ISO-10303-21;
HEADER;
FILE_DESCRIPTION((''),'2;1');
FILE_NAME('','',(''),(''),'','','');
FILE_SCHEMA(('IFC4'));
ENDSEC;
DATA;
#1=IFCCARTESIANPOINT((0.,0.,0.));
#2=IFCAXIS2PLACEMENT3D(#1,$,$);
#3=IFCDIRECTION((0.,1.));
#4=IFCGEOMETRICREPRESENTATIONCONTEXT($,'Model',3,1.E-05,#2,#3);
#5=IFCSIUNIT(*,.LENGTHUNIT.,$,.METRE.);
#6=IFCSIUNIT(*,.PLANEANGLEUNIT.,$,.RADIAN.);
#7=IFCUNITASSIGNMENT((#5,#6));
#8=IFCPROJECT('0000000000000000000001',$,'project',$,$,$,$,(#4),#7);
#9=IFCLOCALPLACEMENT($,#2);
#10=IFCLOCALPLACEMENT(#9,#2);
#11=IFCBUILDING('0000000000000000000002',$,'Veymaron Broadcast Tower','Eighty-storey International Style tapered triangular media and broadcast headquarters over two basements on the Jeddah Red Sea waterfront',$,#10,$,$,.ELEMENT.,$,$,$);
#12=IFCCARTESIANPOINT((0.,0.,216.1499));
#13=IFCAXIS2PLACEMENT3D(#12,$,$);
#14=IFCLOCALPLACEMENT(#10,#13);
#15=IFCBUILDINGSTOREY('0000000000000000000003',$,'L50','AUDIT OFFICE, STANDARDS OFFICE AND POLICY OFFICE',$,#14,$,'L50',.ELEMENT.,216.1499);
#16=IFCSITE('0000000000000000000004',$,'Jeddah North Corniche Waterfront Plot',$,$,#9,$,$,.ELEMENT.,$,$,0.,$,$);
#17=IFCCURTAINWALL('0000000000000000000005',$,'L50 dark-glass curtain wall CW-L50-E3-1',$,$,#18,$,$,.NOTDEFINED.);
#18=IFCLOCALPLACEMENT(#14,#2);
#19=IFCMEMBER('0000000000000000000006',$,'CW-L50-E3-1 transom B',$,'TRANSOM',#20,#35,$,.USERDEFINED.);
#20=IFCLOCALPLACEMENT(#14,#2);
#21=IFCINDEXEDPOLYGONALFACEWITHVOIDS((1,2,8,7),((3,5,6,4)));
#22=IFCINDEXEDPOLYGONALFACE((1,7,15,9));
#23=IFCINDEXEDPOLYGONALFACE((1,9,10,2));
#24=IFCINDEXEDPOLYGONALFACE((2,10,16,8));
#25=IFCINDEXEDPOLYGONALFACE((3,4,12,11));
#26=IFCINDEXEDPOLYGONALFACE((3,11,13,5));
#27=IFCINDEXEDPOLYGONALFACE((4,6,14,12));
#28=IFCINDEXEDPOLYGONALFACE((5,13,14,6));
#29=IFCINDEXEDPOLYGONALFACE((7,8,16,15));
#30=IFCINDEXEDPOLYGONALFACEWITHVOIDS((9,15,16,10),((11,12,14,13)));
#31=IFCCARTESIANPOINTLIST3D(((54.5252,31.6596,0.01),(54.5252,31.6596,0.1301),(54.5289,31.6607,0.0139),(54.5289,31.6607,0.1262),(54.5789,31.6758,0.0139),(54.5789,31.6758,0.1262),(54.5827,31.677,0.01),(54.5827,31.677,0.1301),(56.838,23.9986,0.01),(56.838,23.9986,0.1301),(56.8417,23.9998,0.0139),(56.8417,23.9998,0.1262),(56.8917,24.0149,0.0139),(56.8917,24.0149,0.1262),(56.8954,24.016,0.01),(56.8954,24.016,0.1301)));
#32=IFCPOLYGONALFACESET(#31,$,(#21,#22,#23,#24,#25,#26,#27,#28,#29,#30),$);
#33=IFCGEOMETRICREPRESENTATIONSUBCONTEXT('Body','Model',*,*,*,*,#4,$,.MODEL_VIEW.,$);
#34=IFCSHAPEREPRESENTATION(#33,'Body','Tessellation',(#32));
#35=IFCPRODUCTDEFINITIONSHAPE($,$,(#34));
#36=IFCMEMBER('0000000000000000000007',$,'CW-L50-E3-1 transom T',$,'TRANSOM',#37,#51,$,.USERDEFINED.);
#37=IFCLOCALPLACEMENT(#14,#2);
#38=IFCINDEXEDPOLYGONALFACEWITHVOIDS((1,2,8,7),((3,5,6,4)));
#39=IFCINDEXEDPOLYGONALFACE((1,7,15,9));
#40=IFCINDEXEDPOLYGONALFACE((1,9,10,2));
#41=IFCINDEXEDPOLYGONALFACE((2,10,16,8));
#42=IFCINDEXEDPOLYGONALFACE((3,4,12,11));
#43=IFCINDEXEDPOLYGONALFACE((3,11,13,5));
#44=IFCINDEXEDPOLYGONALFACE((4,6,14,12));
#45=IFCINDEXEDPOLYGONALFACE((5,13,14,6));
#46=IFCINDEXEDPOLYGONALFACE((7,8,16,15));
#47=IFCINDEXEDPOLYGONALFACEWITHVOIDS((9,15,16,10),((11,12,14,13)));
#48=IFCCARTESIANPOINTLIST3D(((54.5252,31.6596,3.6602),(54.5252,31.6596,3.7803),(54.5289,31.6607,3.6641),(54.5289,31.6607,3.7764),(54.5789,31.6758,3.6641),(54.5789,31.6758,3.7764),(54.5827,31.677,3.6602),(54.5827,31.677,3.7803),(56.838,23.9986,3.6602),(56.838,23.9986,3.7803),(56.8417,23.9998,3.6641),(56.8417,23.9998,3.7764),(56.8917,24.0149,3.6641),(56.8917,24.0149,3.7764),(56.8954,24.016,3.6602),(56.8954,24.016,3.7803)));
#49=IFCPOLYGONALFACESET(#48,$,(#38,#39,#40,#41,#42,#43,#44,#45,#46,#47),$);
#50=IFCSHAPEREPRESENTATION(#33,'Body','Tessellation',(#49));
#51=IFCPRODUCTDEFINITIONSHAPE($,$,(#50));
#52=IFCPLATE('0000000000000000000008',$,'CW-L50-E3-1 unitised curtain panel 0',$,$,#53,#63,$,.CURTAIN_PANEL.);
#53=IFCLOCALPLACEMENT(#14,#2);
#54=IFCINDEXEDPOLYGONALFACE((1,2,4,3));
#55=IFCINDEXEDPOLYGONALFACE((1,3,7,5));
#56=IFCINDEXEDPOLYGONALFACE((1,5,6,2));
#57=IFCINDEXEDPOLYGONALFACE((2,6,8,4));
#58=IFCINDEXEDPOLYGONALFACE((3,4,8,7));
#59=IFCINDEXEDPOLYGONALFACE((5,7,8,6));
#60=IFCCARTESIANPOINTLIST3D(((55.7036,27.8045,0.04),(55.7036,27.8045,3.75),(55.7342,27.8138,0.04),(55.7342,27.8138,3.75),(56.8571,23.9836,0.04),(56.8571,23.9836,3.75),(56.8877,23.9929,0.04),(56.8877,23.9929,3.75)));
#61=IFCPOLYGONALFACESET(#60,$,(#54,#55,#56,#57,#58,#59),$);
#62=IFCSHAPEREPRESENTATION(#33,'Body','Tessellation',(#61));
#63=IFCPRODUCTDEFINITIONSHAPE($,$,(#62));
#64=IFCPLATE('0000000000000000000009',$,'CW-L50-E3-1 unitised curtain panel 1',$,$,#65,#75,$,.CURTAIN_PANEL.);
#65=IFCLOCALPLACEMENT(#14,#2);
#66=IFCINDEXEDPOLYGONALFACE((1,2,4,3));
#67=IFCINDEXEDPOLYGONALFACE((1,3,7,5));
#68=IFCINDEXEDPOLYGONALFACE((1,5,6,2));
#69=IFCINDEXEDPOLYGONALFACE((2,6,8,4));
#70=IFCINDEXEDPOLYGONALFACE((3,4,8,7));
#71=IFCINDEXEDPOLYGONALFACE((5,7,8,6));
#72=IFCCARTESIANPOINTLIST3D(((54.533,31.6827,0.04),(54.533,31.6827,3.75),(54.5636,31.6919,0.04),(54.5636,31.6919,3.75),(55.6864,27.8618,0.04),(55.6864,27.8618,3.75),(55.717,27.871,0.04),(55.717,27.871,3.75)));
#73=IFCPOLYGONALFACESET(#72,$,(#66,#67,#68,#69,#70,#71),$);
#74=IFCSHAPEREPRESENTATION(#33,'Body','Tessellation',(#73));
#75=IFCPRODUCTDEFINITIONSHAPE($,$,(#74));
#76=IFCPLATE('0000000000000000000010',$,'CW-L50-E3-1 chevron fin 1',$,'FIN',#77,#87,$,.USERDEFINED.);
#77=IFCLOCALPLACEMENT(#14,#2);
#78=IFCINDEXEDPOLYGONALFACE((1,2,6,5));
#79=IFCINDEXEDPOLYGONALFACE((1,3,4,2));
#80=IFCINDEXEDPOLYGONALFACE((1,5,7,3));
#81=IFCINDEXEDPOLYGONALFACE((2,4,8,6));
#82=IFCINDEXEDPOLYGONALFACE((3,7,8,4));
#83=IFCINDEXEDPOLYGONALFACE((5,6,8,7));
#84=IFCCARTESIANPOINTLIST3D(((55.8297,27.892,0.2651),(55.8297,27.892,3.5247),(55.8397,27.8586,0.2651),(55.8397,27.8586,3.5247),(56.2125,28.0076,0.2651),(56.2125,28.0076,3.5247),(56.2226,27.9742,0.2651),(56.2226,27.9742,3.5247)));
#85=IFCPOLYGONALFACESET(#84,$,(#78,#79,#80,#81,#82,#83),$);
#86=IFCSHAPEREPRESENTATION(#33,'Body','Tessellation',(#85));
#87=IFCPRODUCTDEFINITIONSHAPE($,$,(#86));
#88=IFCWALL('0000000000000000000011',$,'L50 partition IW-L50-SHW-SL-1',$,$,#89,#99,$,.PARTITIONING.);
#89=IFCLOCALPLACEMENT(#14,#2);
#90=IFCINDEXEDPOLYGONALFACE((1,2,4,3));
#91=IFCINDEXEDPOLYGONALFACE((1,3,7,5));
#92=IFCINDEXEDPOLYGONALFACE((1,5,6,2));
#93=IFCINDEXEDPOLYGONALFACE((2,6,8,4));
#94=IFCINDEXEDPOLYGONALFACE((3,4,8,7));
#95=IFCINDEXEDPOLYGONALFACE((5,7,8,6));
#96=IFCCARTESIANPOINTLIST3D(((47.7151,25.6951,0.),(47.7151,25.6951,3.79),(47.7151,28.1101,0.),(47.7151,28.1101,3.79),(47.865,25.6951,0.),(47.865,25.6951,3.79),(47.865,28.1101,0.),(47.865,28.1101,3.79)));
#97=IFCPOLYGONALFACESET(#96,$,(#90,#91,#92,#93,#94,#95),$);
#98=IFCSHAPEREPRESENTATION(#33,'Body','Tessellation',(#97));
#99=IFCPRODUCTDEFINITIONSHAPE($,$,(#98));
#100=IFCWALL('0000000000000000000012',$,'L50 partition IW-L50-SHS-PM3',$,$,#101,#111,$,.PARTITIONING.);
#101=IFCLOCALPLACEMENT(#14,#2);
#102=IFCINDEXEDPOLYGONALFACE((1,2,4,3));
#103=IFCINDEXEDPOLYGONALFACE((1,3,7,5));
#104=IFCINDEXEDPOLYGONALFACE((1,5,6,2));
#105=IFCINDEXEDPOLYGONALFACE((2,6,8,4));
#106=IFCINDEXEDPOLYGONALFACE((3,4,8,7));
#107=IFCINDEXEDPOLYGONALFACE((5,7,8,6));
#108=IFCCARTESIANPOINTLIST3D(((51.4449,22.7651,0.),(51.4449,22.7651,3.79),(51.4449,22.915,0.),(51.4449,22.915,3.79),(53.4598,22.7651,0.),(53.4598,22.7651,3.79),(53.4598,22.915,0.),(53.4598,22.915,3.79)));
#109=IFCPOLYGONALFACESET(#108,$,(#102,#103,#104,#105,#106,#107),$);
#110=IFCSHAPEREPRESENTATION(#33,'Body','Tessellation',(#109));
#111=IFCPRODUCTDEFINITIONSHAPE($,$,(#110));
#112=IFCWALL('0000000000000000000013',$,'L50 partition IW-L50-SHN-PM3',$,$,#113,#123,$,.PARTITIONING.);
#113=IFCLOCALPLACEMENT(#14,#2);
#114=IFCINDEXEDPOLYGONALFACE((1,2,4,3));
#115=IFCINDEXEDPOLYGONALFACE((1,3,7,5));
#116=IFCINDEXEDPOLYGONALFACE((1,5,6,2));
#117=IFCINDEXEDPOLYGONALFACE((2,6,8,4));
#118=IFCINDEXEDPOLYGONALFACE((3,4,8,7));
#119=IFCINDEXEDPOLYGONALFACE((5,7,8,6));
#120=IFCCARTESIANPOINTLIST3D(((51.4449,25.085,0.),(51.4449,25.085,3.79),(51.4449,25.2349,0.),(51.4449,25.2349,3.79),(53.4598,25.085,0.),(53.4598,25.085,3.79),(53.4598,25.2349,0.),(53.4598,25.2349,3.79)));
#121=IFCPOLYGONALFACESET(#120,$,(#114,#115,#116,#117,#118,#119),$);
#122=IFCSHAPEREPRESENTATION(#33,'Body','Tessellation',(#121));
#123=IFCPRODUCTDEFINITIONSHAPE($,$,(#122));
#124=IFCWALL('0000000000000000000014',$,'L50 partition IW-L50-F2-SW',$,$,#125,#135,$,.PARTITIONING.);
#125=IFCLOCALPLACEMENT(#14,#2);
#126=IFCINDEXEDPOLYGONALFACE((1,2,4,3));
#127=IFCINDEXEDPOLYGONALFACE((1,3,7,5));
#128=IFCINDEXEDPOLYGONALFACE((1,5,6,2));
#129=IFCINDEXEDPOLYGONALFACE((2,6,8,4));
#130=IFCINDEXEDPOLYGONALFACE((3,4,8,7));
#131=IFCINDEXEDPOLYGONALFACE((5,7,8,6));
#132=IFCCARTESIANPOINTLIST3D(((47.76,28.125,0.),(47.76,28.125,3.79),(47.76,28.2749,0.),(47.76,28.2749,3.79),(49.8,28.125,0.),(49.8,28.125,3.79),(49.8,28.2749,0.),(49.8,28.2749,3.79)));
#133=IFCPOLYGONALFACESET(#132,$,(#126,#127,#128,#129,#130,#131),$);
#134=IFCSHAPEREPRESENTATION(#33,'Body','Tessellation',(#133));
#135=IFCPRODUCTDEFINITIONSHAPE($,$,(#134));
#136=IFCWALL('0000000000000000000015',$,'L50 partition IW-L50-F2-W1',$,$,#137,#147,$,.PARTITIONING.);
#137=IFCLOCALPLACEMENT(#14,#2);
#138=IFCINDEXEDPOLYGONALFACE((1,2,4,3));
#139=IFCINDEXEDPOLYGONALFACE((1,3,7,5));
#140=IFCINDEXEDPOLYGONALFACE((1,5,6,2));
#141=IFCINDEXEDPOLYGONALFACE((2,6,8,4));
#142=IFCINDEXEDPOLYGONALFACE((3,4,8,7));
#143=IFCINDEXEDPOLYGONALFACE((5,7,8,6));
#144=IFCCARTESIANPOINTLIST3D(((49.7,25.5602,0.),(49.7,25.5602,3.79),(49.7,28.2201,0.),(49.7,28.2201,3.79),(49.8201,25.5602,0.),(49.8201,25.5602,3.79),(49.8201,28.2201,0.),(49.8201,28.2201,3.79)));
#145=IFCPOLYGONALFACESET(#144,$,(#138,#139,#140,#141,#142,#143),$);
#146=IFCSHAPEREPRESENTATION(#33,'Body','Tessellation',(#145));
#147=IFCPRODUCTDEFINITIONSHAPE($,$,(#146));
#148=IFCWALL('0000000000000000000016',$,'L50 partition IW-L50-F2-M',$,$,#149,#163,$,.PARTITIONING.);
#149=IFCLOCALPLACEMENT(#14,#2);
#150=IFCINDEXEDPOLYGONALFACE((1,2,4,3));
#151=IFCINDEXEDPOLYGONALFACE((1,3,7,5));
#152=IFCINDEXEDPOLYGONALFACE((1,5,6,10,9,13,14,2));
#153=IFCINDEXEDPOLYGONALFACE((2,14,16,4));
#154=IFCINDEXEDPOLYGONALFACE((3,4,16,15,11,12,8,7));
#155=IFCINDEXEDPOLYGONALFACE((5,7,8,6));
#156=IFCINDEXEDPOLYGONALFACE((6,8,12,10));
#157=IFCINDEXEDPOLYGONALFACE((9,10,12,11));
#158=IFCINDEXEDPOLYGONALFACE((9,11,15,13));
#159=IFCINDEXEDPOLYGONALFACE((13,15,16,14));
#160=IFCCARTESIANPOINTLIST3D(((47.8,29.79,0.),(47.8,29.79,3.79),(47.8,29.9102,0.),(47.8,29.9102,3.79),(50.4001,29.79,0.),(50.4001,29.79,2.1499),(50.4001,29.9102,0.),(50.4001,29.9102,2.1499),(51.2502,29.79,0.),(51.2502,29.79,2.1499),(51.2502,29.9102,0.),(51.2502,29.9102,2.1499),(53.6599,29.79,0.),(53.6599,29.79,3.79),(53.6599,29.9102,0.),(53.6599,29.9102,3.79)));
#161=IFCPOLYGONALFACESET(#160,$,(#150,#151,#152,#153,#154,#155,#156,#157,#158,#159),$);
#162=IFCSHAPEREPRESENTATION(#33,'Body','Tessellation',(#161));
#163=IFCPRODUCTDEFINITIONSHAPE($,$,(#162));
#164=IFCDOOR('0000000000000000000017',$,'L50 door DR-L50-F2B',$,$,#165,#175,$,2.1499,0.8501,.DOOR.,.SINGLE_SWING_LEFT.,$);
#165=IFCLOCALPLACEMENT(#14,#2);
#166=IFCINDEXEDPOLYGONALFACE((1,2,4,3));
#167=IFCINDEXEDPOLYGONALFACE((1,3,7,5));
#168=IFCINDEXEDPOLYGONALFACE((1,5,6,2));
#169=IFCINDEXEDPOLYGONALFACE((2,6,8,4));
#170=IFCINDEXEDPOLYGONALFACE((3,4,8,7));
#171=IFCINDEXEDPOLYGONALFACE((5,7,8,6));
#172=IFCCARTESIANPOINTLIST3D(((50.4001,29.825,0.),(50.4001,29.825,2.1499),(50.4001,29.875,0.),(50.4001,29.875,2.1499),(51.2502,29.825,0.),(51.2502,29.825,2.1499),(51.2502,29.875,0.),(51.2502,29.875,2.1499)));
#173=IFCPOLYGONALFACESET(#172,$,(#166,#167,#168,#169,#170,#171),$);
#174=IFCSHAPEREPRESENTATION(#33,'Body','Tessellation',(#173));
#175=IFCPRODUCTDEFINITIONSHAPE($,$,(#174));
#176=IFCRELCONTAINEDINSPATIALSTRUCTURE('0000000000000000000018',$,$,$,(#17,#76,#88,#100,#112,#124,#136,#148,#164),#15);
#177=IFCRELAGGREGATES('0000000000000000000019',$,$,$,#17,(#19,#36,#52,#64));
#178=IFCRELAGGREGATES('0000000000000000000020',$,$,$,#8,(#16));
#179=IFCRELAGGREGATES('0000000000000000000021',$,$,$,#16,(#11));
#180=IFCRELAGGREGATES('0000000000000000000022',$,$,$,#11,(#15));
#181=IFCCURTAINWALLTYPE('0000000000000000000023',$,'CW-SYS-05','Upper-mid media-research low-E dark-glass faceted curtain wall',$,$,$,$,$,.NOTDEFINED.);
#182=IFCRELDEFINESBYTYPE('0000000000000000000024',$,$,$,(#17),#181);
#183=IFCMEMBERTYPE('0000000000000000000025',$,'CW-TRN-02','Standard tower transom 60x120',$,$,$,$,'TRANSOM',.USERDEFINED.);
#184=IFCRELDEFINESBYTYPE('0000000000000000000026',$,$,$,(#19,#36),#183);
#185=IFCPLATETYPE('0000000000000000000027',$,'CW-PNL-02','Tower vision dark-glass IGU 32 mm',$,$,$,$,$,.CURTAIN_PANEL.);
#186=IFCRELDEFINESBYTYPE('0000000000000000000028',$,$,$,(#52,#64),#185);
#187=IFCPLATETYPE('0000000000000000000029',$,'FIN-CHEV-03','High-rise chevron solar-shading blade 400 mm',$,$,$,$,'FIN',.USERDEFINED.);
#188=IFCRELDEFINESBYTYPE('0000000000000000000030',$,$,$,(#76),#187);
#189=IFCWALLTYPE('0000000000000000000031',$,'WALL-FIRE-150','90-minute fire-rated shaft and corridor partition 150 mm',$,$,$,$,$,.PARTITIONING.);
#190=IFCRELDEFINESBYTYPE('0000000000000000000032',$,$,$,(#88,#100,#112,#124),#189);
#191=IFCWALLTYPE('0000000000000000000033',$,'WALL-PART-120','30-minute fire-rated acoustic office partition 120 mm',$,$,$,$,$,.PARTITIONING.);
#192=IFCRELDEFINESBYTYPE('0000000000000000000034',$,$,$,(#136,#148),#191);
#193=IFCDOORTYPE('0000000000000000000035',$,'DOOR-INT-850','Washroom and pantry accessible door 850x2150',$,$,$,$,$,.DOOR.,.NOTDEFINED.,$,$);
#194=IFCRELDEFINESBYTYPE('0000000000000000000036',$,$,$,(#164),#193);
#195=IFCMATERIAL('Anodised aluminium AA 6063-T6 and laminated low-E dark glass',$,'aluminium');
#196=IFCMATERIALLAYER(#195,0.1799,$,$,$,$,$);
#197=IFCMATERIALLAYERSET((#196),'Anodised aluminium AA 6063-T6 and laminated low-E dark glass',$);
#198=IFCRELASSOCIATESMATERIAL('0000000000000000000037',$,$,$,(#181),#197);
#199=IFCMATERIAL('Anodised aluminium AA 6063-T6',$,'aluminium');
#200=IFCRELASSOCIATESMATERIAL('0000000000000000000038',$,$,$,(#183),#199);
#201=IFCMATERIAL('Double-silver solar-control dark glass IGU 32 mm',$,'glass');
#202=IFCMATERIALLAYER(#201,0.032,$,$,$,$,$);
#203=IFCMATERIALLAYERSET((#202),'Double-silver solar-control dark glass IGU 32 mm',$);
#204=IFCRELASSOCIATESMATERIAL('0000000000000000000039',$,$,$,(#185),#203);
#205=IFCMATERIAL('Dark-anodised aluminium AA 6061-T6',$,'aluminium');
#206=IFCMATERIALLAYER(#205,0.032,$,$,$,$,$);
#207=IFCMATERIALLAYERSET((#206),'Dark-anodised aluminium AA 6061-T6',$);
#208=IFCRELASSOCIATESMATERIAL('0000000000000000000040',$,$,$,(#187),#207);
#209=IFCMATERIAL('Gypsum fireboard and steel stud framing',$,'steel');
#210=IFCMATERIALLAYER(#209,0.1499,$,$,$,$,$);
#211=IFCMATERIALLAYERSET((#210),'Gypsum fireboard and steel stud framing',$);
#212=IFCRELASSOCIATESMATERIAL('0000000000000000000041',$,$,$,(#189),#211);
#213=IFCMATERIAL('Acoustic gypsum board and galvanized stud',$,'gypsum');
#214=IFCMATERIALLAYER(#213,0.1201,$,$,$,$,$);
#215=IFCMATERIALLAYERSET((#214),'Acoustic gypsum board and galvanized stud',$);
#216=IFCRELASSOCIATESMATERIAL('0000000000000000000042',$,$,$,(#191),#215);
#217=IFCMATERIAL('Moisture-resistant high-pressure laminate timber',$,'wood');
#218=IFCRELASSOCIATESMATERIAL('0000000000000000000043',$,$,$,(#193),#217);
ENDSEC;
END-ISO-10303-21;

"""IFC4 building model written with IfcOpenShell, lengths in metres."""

from ifc_helpers import new_model, si_unit, direction, frame, frame_2d, origin, origin_2d, place, context, subcontext, project, spatial, rectangle, hollow_rectangle, extrude, material, layer, layer_set, material_profile, profile_set, type_object, element, fill, aggregate, save


model = new_model("IFC4")

# Units and contexts
model_context = context("Model", 3, precision=1e-05, world=origin(), true_north=direction((0.0, 1.0)))
body_context = subcontext(model_context, "Body", "Model", "MODEL_VIEW")
ifc_project = project(units=[si_unit("LENGTHUNIT", "METRE"), si_unit("PLANEANGLEUNIT", "RADIAN")], contexts=[model_context])

# Site, building, storey
site_placement = place(None, origin())
site = spatial("IfcSite", under=ifc_project, at=site_placement, Name="Jeddah North Corniche Waterfront Plot", CompositionType="ELEMENT", RefElevation=0.0)
building_placement = place(site_placement, origin())
building = spatial("IfcBuilding", under=site, at=building_placement, Name="Veymaron Broadcast Tower", Description="Eighty-storey International Style tapered triangular media and broadcast headquarters over two basements on the Jeddah Red Sea waterfront", CompositionType="ELEMENT")
storey_placement = place(building_placement, frame((0.0, 0.0, 216.1499)))
storey = spatial("IfcBuildingStorey", under=building, at=storey_placement, Name="L50", Description="AUDIT OFFICE, STANDARDS OFFICE AND POLICY OFFICE", LongName="L50", CompositionType="ELEMENT", Elevation=216.1499)

# Shared definitions
ifc_material_1 = material(Name="Anodised aluminium AA 6063-T6 and laminated low-E dark glass", Category="aluminium")
ifc_layer_1 = layer(ifc_material_1, 0.1799)
ifc_layer_set_1 = layer_set([ifc_layer_1], Name="Anodised aluminium AA 6063-T6 and laminated low-E dark glass")
curtain_wall_type = type_object("IfcCurtainWallType", Name="CW-SYS-05", Description="Upper-mid media-research low-E dark-glass faceted curtain wall", PredefinedType="NOTDEFINED", material=ifc_layer_set_1)
ifc_material_2 = material(Name="Anodised aluminium AA 6063-T6", Category="aluminium")

# Curtain wall
curtain_wall_1_placement = place(storey_placement, origin())
curtain_wall_1 = element("IfcCurtainWall", 1, at=curtain_wall_1_placement, inside=storey, type_object=curtain_wall_type, Name="L50 dark-glass curtain wall CW-L50-E3-1", PredefinedType="NOTDEFINED")

# Members
ifc_material_profile_1 = material_profile(ifc_material_2, hollow_rectangle(XDim=0.0601, YDim=0.1201, WallThickness=0.0039, at=origin_2d()), Name="AL120X60X4")
ifc_profile_set_1 = profile_set([ifc_material_profile_1], Name="Anodised aluminium AA 6063-T6")
member_type_1 = type_object("IfcMemberType", Name="CW-TRN-02", Description="Standard tower transom 60x120", ElementType="TRANSOM", PredefinedType="USERDEFINED", material=ifc_profile_set_1)
member_1_placement = place(storey_placement, frame((56.8667, 24.0073, 0.0701), z_axis=(-0.289007, 0.957327, 0.0), x_axis=(-0.957327, -0.289007, 0.0)))
member_1 = element("IfcMember", 2, at=member_1_placement, type_object=member_type_1, Name="CW-L50-E3-1 transom B", ObjectType="TRANSOM", PredefinedType="USERDEFINED", context=body_context, shape_type="SweptSolid", body=[
    extrude(hollow_rectangle(XDim=0.0601, YDim=0.1201, WallThickness=0.0039, at=origin_2d()), origin(), (0.0, 0.0, 1.0), 8.0024),
])
member_2_placement = place(storey_placement, frame((56.8667, 24.0073, 3.7202), z_axis=(-0.289007, 0.957327, 0.0), x_axis=(-0.957327, -0.289007, 0.0)))
member_2 = element("IfcMember", 3, at=member_2_placement, type_object=member_type_1, Name="CW-L50-E3-1 transom T", ObjectType="TRANSOM", PredefinedType="USERDEFINED", context=body_context, shape_type="SweptSolid", body=[
    extrude(hollow_rectangle(XDim=0.0601, YDim=0.1201, WallThickness=0.0039, at=origin_2d()), origin(), (0.0, 0.0, 1.0), 8.0024),
])

# Plates
ifc_material_3 = material(Name="Double-silver solar-control dark glass IGU 32 mm", Category="glass")
ifc_layer_2 = layer(ifc_material_3, 0.032)
ifc_layer_set_2 = layer_set([ifc_layer_2], Name="Double-silver solar-control dark glass IGU 32 mm")
plate_type_1 = type_object("IfcPlateType", Name="CW-PNL-02", Description="Tower vision dark-glass IGU 32 mm", PredefinedType="CURTAIN_PANEL", material=ifc_layer_set_2)
plate_1_placement = place(storey_placement, frame((56.2957, 25.8987, 0.04), z_axis=(0.0, 0.0, 1.0), x_axis=(-0.288998, 0.95733, 0.0)))
plate_1 = element("IfcPlate", 4, at=plate_1_placement, type_object=plate_type_1, Name="CW-L50-E3-1 unitised curtain panel 0", PredefinedType="CURTAIN_PANEL", context=body_context, shape_type="SweptSolid", body=[
    extrude(rectangle(XDim=3.9912, YDim=0.032, at=origin_2d()), origin(), (0.0, 0.0, 1.0), 3.71),
])
plate_2_placement = place(storey_placement, frame((55.125, 29.7769, 0.04), z_axis=(0.0, 0.0, 1.0), x_axis=(-0.288998, 0.95733, 0.0)))
plate_2 = element("IfcPlate", 5, at=plate_2_placement, type_object=plate_type_1, Name="CW-L50-E3-1 unitised curtain panel 1", PredefinedType="CURTAIN_PANEL", context=body_context, shape_type="SweptSolid", body=[
    extrude(rectangle(XDim=3.9912, YDim=0.032, at=origin_2d()), origin(), (0.0, 0.0, 1.0), 3.71),
])
aggregate(curtain_wall_1, [member_1, member_2, plate_1, plate_2])
ifc_material_4 = material(Name="Dark-anodised aluminium AA 6061-T6", Category="aluminium")
ifc_layer_3 = layer(ifc_material_4, 0.032)
ifc_layer_set_3 = layer_set([ifc_layer_3], Name="Dark-anodised aluminium AA 6061-T6")
plate_type_2 = type_object("IfcPlateType", Name="FIN-CHEV-03", Description="High-rise chevron solar-shading blade 400 mm", ElementType="FIN", PredefinedType="USERDEFINED", material=ifc_layer_set_3)
plate_3_placement = place(storey_placement, frame((56.0261, 27.9331, 0.2651), z_axis=(0.0, 0.0, 1.0), x_axis=(0.95733, 0.288998, 0.0)))
element("IfcPlate", 6, at=plate_3_placement, inside=storey, type_object=plate_type_2, Name="CW-L50-E3-1 chevron fin 1", ObjectType="FIN", PredefinedType="USERDEFINED", context=body_context, shape_type="SweptSolid", body=[
    extrude(rectangle(XDim=0.3999, YDim=0.0349, at=origin_2d()), origin(), (0.0, 0.0, 1.0), 3.2595),
])

# Shared definitions
ifc_material_5 = material(Name="Gypsum fireboard and steel stud framing", Category="steel")
ifc_layer_4 = layer(ifc_material_5, 0.1499)
ifc_layer_set_4 = layer_set([ifc_layer_4], Name="Gypsum fireboard and steel stud framing")
wall_type_1 = type_object("IfcWallType", Name="WALL-FIRE-150", Description="90-minute fire-rated shaft and corridor partition 150 mm", PredefinedType="PARTITIONING", material=ifc_layer_set_4)

# Wall
wall_1_placement = place(storey_placement, frame((47.79, 25.6951, 0.0), z_axis=(0.0, 0.0, 1.0), x_axis=(0.0, 1.0, 0.0)))
element("IfcWall", 7, at=wall_1_placement, inside=storey, type_object=wall_type_1, Name="L50 partition IW-L50-SHW-SL-1", PredefinedType="PARTITIONING", context=body_context, shape_type="SweptSolid", body=[
    extrude(rectangle(XDim=2.415, YDim=0.1499, at=frame_2d((1.2075, 0.0))), origin(), (0.0, 0.0, 1.0), 3.79),
])

# Walls
for number, where, z_axis, x_axis, name in (
    (8, (51.4451, 22.8401, 0.0), (0.0, 0.0, 1.0), (1.0, 0.0, 0.0), "L50 partition IW-L50-SHS-PM3"),
    (9, (51.4451, 25.1599, 0.0), (0.0, 0.0, 1.0), (1.0, 0.0, 0.0), "L50 partition IW-L50-SHN-PM3"),
):
    element("IfcWall", number, at=place(storey_placement, frame(where, z_axis=z_axis, x_axis=x_axis)), inside=storey, type_object=wall_type_1, Name=name, PredefinedType="PARTITIONING", context=body_context, shape_type="SweptSolid", body=[
        extrude(rectangle(XDim=2.0149, YDim=0.1499, at=frame_2d((1.0073, 0.0))), origin(), (0.0, 0.0, 1.0), 3.79),
    ])
wall_2_placement = place(storey_placement, frame((47.76, 28.2, 0.0), z_axis=(0.0, 0.0, 1.0), x_axis=(1.0, 0.0, 0.0)))
element("IfcWall", 10, at=wall_2_placement, inside=storey, type_object=wall_type_1, Name="L50 partition IW-L50-F2-SW", PredefinedType="PARTITIONING", context=body_context, shape_type="SweptSolid", body=[
    extrude(rectangle(XDim=2.04, YDim=0.1499, at=frame_2d((1.02, 0.0))), origin(), (0.0, 0.0, 1.0), 3.79),
])
ifc_material_6 = material(Name="Acoustic gypsum board and galvanized stud", Category="gypsum")
ifc_layer_5 = layer(ifc_material_6, 0.1201)
ifc_layer_set_5 = layer_set([ifc_layer_5], Name="Acoustic gypsum board and galvanized stud")
wall_type_2 = type_object("IfcWallType", Name="WALL-PART-120", Description="30-minute fire-rated acoustic office partition 120 mm", PredefinedType="PARTITIONING", material=ifc_layer_set_5)
wall_3_placement = place(storey_placement, frame((49.76, 25.5601, 0.0), z_axis=(0.0, 0.0, 1.0), x_axis=(0.0, 1.0, 0.0)))
element("IfcWall", 11, at=wall_3_placement, inside=storey, type_object=wall_type_2, Name="L50 partition IW-L50-F2-W1", PredefinedType="PARTITIONING", context=body_context, shape_type="SweptSolid", body=[
    extrude(rectangle(XDim=2.6599, YDim=0.1201, at=frame_2d((1.3301, 0.0))), origin(), (0.0, 0.0, 1.0), 3.79),
])

# Wall, opening, door
ifc_material_7 = material(Name="Moisture-resistant high-pressure laminate timber", Category="wood")
door_type_1 = type_object("IfcDoorType", Name="DOOR-INT-850", Description="Washroom and pantry accessible door 850x2150", OperationType="NOTDEFINED", PredefinedType="DOOR", material=ifc_material_7)
wall_4_placement = place(storey_placement, frame((47.8, 29.8501, 0.0), z_axis=(0.0, 0.0, 1.0), x_axis=(1.0, 0.0, 0.0)))
wall_4 = element("IfcWall", 12, at=wall_4_placement, inside=storey, type_object=wall_type_2, Name="L50 partition IW-L50-F2-M", PredefinedType="PARTITIONING", context=body_context, shape_type="SweptSolid", body=[
    extrude(rectangle(XDim=5.8599, YDim=0.1201, at=frame_2d((2.9299, 0.0))), origin(), (0.0, 0.0, 1.0), 3.79),
])
opening_1_placement = place(wall_4_placement, frame((2.6001, 0.0, 0.0)))
opening_1 = element("IfcOpeningElement", 13, at=opening_1_placement, cuts=wall_4, PredefinedType="OPENING", context=body_context, shape_type="SweptSolid", body=[
    extrude(rectangle(XDim=0.8501, YDim=2.1499, at=frame_2d((0.425, 1.075))), frame((0.0, 0.0701, 0.0), z_axis=(0.0, -1.0, 0.0), x_axis=(1.0, 0.0, 0.0)), (0.0, 0.0, 1.0), 0.1401),
])
door_1_placement = place(opening_1_placement, origin())
door_1 = element("IfcDoor", 14, at=door_1_placement, inside=storey, type_object=door_type_1, Name="L50 door DR-L50-F2B", OperationType="SINGLE_SWING_LEFT", OverallHeight=2.1499, OverallWidth=0.8501, PredefinedType="DOOR", context=body_context, shape_type="SweptSolid", body=[
    extrude(rectangle(XDim=0.8501, YDim=2.1499, at=frame_2d((0.425, 1.075))), frame((0.0, 0.0249, 0.0), z_axis=(0.0, -1.0, 0.0), x_axis=(1.0, 0.0, 0.0)), (0.0, 0.0, 1.0), 0.05),
])
fill(opening_1, door_1)

save(model, "model.ifc")
